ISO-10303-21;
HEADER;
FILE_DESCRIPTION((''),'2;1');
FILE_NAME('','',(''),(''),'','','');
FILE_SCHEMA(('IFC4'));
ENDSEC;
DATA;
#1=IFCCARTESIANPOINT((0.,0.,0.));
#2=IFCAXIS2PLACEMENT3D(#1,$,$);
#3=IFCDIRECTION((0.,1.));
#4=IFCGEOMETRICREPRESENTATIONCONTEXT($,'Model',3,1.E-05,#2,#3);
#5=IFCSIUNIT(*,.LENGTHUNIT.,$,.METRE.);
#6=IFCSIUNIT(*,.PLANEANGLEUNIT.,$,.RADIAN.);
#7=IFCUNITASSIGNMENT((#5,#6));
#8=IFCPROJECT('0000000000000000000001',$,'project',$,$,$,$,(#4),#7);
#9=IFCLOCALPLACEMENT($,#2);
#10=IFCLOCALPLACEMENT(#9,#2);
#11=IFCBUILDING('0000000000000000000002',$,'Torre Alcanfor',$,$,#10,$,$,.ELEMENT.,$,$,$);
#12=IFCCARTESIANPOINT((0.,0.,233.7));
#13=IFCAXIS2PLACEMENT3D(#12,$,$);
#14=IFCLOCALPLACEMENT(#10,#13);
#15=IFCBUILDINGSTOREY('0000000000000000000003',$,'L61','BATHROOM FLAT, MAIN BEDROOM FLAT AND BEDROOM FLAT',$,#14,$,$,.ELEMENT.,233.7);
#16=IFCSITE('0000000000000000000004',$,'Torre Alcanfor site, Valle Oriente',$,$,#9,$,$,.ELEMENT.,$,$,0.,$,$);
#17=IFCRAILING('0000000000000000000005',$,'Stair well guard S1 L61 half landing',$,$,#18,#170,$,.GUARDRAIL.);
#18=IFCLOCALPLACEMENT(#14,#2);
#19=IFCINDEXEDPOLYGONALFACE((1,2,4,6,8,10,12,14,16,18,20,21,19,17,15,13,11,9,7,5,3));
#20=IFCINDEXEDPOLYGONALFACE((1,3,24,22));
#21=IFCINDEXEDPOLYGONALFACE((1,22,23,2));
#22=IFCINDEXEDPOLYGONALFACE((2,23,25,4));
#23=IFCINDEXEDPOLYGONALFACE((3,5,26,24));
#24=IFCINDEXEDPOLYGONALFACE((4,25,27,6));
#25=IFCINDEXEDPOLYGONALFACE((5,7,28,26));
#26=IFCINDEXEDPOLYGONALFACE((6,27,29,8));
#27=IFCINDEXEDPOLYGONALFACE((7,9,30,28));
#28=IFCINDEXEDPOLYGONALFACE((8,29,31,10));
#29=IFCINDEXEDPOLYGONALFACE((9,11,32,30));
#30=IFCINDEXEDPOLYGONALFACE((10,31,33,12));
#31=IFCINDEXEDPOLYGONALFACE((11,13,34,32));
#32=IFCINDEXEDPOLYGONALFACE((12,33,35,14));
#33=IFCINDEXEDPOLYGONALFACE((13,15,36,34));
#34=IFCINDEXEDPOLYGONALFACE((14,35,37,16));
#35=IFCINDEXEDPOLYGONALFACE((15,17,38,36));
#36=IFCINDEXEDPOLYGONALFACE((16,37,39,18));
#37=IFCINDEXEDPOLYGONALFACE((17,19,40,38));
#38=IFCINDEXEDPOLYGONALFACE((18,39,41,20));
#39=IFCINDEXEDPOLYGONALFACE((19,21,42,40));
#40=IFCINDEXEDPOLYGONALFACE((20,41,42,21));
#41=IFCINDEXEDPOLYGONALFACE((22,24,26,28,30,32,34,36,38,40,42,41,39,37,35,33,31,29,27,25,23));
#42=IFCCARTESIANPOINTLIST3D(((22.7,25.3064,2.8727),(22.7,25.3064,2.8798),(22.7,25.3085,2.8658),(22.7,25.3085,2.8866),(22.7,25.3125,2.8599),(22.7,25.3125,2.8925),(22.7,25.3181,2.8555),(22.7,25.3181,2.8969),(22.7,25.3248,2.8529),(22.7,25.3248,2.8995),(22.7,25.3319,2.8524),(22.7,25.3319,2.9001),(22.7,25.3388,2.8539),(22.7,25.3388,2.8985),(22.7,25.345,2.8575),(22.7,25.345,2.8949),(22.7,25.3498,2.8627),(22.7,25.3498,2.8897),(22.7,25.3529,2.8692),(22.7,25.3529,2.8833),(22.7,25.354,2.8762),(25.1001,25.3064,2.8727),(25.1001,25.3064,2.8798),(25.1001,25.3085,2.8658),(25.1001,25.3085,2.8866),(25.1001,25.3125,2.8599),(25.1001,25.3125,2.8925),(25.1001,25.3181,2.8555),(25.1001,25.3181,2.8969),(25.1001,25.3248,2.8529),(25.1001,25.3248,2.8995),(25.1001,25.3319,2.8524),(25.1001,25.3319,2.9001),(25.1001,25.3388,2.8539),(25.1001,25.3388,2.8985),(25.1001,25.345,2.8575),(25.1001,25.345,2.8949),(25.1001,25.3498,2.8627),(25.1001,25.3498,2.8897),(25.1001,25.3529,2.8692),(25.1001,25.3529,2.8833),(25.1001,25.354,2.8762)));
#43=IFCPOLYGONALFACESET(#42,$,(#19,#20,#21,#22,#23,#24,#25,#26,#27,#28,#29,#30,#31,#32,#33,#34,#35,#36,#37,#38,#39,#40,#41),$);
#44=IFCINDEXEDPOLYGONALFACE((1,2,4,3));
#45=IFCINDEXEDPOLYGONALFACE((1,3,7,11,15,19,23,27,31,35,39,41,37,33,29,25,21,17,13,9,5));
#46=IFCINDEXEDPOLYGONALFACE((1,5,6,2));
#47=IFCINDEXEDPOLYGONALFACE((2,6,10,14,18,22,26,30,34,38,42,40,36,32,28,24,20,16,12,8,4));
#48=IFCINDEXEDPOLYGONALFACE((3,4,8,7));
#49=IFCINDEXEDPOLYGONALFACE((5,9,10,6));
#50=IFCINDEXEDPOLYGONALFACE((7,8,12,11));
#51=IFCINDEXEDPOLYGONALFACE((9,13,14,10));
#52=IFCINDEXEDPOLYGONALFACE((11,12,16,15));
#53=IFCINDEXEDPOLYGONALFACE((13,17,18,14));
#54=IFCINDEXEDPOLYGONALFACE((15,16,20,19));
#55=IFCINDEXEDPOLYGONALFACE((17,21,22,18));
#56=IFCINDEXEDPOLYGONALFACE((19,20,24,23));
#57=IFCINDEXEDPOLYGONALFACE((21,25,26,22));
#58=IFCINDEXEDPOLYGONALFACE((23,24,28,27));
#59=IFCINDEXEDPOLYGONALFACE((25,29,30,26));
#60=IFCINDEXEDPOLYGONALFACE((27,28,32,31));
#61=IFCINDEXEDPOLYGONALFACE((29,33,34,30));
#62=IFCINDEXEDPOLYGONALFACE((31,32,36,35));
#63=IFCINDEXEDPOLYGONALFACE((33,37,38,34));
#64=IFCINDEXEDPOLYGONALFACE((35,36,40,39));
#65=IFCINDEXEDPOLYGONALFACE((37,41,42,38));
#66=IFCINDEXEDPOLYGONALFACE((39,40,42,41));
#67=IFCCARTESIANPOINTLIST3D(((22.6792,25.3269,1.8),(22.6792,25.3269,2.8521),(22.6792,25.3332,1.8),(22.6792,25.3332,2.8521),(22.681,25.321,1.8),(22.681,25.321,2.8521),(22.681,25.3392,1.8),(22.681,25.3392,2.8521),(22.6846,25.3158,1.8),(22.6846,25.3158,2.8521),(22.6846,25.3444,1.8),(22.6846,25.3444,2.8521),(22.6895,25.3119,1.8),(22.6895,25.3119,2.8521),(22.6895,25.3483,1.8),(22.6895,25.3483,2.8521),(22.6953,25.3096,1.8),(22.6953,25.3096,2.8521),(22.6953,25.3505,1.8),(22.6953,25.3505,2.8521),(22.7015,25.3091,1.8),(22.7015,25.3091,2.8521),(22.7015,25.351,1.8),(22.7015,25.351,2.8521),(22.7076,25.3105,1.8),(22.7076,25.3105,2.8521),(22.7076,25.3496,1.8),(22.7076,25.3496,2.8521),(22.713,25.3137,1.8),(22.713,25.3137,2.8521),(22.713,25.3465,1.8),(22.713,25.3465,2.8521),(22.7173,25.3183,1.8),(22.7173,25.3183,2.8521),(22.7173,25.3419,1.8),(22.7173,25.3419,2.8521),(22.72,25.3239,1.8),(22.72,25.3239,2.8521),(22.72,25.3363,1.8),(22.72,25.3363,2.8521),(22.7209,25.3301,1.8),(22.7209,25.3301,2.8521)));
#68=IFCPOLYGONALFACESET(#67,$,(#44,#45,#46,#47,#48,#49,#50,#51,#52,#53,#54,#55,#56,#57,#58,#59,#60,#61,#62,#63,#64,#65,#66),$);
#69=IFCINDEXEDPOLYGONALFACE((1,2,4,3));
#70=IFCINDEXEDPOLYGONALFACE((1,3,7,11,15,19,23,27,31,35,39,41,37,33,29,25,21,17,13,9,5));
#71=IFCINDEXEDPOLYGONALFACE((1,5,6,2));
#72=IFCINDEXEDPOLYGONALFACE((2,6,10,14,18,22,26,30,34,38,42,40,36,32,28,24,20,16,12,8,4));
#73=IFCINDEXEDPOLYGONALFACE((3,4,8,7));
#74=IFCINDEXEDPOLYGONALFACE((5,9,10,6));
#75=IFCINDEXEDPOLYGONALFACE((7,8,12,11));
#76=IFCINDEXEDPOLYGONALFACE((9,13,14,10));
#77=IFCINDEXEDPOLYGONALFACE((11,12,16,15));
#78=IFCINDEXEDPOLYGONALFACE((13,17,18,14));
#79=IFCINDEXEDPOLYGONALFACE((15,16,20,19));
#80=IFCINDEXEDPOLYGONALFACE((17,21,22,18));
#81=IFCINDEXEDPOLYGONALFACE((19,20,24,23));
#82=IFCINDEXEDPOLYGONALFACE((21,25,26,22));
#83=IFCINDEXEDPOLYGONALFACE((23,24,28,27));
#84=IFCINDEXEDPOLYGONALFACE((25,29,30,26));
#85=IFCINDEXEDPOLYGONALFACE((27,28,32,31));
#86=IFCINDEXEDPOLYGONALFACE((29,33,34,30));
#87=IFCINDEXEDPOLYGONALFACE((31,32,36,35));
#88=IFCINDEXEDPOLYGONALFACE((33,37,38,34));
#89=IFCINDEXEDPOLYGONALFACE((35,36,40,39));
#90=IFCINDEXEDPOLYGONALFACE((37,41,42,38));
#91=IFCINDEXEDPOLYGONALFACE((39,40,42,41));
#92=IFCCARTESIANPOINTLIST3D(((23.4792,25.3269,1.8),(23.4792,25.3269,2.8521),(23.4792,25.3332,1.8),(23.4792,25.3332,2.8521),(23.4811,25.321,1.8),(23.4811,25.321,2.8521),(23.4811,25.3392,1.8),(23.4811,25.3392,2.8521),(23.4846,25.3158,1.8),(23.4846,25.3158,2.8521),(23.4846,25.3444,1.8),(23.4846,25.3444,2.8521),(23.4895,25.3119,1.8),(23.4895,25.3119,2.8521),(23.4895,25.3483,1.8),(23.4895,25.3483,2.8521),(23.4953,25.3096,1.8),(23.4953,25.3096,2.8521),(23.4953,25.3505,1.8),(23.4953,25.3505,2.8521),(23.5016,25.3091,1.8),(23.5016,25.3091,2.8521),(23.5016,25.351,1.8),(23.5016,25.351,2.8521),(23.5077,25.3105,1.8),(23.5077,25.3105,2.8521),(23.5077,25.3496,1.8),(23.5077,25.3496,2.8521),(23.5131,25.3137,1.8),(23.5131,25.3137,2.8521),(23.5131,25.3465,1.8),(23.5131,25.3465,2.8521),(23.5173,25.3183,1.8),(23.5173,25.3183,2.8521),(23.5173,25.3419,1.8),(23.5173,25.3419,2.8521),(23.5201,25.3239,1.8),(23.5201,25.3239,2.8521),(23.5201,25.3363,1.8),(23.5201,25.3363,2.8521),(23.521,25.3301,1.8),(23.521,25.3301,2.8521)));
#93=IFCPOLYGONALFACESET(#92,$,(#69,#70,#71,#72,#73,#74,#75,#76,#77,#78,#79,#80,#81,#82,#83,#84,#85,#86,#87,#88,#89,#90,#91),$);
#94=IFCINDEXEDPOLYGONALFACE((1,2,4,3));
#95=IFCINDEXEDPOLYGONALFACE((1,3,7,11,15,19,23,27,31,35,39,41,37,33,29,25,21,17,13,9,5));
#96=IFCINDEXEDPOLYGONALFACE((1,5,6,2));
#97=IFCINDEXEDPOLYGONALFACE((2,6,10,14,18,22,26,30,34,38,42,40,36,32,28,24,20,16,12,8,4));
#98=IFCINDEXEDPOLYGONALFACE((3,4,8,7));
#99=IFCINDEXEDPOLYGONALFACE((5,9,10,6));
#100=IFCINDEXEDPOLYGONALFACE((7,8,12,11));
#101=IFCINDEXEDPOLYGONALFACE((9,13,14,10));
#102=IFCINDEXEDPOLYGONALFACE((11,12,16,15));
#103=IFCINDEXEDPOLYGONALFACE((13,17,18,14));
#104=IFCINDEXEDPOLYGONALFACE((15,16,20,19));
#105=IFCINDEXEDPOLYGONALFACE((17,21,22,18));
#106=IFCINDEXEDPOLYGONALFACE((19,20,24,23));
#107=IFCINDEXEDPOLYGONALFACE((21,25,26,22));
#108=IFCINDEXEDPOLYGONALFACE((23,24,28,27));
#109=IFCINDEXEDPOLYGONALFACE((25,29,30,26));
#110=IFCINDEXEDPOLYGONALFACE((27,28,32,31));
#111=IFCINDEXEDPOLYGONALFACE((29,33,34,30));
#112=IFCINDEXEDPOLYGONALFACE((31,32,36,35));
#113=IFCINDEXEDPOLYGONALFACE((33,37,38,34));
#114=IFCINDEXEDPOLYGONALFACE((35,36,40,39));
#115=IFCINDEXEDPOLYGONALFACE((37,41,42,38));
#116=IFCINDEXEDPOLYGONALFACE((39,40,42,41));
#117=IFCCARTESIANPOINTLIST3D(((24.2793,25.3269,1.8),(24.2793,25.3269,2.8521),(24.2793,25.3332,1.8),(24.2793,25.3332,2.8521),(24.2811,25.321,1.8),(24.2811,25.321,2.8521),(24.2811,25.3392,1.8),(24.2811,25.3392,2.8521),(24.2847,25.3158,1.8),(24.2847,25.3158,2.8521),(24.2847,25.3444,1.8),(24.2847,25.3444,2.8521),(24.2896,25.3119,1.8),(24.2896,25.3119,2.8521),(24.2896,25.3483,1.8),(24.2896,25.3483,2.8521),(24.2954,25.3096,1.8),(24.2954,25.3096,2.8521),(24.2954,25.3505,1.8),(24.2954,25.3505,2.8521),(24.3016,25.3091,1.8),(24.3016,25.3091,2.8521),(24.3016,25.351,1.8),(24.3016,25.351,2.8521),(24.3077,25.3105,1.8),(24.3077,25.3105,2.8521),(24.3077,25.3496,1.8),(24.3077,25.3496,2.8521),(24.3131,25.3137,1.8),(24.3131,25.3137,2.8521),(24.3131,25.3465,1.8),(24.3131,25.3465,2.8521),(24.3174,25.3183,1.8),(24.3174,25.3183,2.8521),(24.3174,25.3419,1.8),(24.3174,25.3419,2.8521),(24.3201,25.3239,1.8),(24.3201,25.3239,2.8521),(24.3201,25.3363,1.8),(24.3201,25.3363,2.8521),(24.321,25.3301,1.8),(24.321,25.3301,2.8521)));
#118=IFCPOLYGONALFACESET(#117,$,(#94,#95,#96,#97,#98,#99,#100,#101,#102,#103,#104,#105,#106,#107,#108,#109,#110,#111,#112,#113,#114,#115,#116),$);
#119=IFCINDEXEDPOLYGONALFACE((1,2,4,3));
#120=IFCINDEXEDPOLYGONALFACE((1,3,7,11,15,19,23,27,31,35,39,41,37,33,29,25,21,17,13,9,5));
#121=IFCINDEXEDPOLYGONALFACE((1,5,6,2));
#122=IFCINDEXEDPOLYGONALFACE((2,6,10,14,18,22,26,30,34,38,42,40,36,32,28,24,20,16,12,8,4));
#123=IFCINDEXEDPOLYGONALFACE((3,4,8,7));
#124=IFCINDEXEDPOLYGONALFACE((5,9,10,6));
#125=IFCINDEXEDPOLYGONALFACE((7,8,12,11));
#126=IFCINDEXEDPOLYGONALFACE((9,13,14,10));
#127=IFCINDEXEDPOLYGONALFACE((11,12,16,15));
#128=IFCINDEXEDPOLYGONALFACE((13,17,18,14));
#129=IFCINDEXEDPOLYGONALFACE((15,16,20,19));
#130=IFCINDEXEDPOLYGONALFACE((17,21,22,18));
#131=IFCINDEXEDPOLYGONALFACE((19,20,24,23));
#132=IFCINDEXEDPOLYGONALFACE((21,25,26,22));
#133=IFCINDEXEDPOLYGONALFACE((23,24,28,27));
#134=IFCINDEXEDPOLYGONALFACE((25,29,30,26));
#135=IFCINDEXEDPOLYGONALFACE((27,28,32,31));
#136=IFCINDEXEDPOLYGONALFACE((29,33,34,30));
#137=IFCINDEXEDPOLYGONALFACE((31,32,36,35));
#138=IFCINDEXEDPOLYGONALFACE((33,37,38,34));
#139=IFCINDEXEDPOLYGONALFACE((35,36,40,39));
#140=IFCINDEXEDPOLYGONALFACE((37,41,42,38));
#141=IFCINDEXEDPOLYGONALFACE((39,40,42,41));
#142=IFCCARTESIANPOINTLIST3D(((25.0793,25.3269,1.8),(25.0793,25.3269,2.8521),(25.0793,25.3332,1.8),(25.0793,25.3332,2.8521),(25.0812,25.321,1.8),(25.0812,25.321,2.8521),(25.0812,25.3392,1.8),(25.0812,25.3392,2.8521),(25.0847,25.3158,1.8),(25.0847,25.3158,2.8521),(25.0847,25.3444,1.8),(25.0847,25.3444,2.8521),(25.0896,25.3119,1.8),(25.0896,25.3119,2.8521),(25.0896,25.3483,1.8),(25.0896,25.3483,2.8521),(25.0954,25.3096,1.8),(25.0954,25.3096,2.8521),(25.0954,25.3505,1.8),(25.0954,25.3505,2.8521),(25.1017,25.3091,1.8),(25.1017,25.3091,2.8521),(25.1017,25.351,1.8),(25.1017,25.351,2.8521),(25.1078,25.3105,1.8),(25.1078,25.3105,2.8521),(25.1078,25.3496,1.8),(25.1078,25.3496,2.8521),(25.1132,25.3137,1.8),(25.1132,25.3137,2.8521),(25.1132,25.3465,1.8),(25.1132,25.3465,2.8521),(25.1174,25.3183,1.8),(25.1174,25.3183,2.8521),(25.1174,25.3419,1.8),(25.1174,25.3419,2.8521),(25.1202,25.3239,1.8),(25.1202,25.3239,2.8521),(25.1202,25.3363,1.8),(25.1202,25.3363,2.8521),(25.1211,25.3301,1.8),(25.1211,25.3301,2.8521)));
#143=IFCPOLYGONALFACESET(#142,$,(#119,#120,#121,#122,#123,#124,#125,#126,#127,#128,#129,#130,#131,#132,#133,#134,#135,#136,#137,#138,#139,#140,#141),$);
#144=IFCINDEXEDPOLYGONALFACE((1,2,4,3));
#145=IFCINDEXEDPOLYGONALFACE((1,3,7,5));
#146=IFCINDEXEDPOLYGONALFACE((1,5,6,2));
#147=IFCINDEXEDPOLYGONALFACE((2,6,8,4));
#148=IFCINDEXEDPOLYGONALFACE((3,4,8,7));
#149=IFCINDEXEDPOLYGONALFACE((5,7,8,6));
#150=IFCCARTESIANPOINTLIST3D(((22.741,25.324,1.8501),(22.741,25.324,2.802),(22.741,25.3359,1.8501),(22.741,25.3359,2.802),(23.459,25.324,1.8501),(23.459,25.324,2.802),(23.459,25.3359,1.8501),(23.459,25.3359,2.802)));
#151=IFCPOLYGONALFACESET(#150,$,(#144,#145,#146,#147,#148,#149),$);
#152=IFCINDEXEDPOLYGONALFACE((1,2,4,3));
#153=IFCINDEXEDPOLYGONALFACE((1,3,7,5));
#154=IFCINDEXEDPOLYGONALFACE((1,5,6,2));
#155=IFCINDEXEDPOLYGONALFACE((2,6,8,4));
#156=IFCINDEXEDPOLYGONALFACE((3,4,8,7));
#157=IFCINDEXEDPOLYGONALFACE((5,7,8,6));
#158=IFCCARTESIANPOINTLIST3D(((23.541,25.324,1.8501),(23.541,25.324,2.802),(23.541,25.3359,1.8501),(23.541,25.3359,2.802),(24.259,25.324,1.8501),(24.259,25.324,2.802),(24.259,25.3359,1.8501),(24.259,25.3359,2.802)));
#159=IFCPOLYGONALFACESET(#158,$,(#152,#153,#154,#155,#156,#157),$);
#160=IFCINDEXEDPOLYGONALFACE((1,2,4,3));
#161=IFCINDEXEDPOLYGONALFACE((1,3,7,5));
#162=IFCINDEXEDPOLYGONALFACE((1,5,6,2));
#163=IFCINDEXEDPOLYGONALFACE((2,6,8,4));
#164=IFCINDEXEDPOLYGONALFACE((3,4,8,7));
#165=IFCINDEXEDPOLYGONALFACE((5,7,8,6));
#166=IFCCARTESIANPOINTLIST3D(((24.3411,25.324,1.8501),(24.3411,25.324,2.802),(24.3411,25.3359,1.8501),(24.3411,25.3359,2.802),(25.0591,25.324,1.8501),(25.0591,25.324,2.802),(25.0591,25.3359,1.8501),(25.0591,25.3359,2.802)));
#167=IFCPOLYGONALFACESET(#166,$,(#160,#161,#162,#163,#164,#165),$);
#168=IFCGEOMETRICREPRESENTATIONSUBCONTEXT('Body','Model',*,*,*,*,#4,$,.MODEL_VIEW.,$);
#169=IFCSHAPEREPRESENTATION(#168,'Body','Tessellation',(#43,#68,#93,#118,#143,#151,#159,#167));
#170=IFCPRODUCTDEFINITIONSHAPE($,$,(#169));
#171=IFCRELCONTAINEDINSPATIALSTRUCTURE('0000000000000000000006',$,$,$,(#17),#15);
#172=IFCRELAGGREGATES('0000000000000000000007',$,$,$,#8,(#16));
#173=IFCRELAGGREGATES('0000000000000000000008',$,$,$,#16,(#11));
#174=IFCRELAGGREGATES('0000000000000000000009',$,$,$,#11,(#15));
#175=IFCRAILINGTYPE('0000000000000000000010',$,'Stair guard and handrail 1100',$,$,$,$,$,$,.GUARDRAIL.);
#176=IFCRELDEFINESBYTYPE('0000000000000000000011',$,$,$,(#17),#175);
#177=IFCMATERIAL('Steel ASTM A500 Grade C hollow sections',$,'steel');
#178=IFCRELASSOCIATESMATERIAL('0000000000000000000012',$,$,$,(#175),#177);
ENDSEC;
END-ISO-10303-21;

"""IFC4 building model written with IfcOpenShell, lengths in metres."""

from ifc_helpers import new_model, si_unit, direction, frame, origin, origin_2d, place, context, subcontext, project, spatial, polyline, circle, outline, extrude, material, type_object, element, save


model = new_model("IFC4")

# Units and contexts
model_context = context("Model", 3, precision=1e-05, world=origin(), true_north=direction((0.0, 1.0)))
body_context = subcontext(model_context, "Body", "Model", "MODEL_VIEW")
ifc_project = project(units=[si_unit("LENGTHUNIT", "METRE"), si_unit("PLANEANGLEUNIT", "RADIAN")], contexts=[model_context])

# Site, building, storey
site_placement = place(None, origin())
site = spatial("IfcSite", under=ifc_project, at=site_placement, Name="Torre Alcanfor site, Valle Oriente", CompositionType="ELEMENT", RefElevation=0.0)
building_placement = place(site_placement, origin())
building = spatial("IfcBuilding", under=site, at=building_placement, Name="Torre Alcanfor", CompositionType="ELEMENT")
storey_placement = place(building_placement, frame((0.0, 0.0, 233.7)))
storey = spatial("IfcBuildingStorey", under=building, at=storey_placement, Name="L61", Description="BATHROOM FLAT, MAIN BEDROOM FLAT AND BEDROOM FLAT", CompositionType="ELEMENT", Elevation=233.7)

# Railing
ifc_material_1 = material(Name="Steel ASTM A500 Grade C hollow sections", Category="steel")
railing_type_1 = type_object("IfcRailingType", Name="Stair guard and handrail 1100", PredefinedType="GUARDRAIL", material=ifc_material_1)
railing_1_placement = place(storey_placement, frame((22.7, 25.3301, 1.8)))
element("IfcRailing", 1, at=railing_1_placement, inside=storey, type_object=railing_type_1, Name="Stair well guard S1 L61 half landing", PredefinedType="GUARDRAIL", context=body_context, shape_type="SweptSolid", body=[
    extrude(circle(Radius=0.0239, at=origin_2d()), frame((0.0, 0.0, 1.0762), z_axis=(1.0, 0.0, 0.0), x_axis=(0.0, 1.0, 0.0)), (0.0, 0.0, 1.0), 2.4001),
    extrude(circle(Radius=0.021, at=origin_2d()), origin(), (0.0, 0.0, 1.0), 1.052),
    extrude(circle(Radius=0.021, at=origin_2d()), frame((0.8, 0.0, 0.0)), (0.0, 0.0, 1.0), 1.052),
    extrude(circle(Radius=0.021, at=origin_2d()), frame((1.6001, 0.0, 0.0)), (0.0, 0.0, 1.0), 1.052),
    extrude(circle(Radius=0.021, at=origin_2d()), frame((2.4001, 0.0, 0.0)), (0.0, 0.0, 1.0), 1.052),
    extrude(outline(polyline([(0.041, 0.05), (0.759, 0.05), (0.759, 1.002), (0.041, 1.002), (0.041, 0.05)])), frame((0.0, 0.0059, 0.0), z_axis=(0.0, -1.0, 0.0), x_axis=(1.0, 0.0, 0.0)), (0.0, 0.0, 1.0), 0.012),
    extrude(outline(polyline([(0.8411, 0.05), (1.5591, 0.05), (1.5591, 1.002), (0.8411, 1.002), (0.8411, 0.05)])), frame((0.0, 0.0059, 0.0), z_axis=(0.0, -1.0, 0.0), x_axis=(1.0, 0.0, 0.0)), (0.0, 0.0, 1.0), 0.012),
    extrude(outline(polyline([(1.6411, 0.05), (2.3591, 0.05), (2.3591, 1.002), (1.6411, 1.002), (1.6411, 0.05)])), frame((0.0, 0.0059, 0.0), z_axis=(0.0, -1.0, 0.0), x_axis=(1.0, 0.0, 0.0)), (0.0, 0.0, 1.0), 0.012),
])

save(model, "model.ifc")
